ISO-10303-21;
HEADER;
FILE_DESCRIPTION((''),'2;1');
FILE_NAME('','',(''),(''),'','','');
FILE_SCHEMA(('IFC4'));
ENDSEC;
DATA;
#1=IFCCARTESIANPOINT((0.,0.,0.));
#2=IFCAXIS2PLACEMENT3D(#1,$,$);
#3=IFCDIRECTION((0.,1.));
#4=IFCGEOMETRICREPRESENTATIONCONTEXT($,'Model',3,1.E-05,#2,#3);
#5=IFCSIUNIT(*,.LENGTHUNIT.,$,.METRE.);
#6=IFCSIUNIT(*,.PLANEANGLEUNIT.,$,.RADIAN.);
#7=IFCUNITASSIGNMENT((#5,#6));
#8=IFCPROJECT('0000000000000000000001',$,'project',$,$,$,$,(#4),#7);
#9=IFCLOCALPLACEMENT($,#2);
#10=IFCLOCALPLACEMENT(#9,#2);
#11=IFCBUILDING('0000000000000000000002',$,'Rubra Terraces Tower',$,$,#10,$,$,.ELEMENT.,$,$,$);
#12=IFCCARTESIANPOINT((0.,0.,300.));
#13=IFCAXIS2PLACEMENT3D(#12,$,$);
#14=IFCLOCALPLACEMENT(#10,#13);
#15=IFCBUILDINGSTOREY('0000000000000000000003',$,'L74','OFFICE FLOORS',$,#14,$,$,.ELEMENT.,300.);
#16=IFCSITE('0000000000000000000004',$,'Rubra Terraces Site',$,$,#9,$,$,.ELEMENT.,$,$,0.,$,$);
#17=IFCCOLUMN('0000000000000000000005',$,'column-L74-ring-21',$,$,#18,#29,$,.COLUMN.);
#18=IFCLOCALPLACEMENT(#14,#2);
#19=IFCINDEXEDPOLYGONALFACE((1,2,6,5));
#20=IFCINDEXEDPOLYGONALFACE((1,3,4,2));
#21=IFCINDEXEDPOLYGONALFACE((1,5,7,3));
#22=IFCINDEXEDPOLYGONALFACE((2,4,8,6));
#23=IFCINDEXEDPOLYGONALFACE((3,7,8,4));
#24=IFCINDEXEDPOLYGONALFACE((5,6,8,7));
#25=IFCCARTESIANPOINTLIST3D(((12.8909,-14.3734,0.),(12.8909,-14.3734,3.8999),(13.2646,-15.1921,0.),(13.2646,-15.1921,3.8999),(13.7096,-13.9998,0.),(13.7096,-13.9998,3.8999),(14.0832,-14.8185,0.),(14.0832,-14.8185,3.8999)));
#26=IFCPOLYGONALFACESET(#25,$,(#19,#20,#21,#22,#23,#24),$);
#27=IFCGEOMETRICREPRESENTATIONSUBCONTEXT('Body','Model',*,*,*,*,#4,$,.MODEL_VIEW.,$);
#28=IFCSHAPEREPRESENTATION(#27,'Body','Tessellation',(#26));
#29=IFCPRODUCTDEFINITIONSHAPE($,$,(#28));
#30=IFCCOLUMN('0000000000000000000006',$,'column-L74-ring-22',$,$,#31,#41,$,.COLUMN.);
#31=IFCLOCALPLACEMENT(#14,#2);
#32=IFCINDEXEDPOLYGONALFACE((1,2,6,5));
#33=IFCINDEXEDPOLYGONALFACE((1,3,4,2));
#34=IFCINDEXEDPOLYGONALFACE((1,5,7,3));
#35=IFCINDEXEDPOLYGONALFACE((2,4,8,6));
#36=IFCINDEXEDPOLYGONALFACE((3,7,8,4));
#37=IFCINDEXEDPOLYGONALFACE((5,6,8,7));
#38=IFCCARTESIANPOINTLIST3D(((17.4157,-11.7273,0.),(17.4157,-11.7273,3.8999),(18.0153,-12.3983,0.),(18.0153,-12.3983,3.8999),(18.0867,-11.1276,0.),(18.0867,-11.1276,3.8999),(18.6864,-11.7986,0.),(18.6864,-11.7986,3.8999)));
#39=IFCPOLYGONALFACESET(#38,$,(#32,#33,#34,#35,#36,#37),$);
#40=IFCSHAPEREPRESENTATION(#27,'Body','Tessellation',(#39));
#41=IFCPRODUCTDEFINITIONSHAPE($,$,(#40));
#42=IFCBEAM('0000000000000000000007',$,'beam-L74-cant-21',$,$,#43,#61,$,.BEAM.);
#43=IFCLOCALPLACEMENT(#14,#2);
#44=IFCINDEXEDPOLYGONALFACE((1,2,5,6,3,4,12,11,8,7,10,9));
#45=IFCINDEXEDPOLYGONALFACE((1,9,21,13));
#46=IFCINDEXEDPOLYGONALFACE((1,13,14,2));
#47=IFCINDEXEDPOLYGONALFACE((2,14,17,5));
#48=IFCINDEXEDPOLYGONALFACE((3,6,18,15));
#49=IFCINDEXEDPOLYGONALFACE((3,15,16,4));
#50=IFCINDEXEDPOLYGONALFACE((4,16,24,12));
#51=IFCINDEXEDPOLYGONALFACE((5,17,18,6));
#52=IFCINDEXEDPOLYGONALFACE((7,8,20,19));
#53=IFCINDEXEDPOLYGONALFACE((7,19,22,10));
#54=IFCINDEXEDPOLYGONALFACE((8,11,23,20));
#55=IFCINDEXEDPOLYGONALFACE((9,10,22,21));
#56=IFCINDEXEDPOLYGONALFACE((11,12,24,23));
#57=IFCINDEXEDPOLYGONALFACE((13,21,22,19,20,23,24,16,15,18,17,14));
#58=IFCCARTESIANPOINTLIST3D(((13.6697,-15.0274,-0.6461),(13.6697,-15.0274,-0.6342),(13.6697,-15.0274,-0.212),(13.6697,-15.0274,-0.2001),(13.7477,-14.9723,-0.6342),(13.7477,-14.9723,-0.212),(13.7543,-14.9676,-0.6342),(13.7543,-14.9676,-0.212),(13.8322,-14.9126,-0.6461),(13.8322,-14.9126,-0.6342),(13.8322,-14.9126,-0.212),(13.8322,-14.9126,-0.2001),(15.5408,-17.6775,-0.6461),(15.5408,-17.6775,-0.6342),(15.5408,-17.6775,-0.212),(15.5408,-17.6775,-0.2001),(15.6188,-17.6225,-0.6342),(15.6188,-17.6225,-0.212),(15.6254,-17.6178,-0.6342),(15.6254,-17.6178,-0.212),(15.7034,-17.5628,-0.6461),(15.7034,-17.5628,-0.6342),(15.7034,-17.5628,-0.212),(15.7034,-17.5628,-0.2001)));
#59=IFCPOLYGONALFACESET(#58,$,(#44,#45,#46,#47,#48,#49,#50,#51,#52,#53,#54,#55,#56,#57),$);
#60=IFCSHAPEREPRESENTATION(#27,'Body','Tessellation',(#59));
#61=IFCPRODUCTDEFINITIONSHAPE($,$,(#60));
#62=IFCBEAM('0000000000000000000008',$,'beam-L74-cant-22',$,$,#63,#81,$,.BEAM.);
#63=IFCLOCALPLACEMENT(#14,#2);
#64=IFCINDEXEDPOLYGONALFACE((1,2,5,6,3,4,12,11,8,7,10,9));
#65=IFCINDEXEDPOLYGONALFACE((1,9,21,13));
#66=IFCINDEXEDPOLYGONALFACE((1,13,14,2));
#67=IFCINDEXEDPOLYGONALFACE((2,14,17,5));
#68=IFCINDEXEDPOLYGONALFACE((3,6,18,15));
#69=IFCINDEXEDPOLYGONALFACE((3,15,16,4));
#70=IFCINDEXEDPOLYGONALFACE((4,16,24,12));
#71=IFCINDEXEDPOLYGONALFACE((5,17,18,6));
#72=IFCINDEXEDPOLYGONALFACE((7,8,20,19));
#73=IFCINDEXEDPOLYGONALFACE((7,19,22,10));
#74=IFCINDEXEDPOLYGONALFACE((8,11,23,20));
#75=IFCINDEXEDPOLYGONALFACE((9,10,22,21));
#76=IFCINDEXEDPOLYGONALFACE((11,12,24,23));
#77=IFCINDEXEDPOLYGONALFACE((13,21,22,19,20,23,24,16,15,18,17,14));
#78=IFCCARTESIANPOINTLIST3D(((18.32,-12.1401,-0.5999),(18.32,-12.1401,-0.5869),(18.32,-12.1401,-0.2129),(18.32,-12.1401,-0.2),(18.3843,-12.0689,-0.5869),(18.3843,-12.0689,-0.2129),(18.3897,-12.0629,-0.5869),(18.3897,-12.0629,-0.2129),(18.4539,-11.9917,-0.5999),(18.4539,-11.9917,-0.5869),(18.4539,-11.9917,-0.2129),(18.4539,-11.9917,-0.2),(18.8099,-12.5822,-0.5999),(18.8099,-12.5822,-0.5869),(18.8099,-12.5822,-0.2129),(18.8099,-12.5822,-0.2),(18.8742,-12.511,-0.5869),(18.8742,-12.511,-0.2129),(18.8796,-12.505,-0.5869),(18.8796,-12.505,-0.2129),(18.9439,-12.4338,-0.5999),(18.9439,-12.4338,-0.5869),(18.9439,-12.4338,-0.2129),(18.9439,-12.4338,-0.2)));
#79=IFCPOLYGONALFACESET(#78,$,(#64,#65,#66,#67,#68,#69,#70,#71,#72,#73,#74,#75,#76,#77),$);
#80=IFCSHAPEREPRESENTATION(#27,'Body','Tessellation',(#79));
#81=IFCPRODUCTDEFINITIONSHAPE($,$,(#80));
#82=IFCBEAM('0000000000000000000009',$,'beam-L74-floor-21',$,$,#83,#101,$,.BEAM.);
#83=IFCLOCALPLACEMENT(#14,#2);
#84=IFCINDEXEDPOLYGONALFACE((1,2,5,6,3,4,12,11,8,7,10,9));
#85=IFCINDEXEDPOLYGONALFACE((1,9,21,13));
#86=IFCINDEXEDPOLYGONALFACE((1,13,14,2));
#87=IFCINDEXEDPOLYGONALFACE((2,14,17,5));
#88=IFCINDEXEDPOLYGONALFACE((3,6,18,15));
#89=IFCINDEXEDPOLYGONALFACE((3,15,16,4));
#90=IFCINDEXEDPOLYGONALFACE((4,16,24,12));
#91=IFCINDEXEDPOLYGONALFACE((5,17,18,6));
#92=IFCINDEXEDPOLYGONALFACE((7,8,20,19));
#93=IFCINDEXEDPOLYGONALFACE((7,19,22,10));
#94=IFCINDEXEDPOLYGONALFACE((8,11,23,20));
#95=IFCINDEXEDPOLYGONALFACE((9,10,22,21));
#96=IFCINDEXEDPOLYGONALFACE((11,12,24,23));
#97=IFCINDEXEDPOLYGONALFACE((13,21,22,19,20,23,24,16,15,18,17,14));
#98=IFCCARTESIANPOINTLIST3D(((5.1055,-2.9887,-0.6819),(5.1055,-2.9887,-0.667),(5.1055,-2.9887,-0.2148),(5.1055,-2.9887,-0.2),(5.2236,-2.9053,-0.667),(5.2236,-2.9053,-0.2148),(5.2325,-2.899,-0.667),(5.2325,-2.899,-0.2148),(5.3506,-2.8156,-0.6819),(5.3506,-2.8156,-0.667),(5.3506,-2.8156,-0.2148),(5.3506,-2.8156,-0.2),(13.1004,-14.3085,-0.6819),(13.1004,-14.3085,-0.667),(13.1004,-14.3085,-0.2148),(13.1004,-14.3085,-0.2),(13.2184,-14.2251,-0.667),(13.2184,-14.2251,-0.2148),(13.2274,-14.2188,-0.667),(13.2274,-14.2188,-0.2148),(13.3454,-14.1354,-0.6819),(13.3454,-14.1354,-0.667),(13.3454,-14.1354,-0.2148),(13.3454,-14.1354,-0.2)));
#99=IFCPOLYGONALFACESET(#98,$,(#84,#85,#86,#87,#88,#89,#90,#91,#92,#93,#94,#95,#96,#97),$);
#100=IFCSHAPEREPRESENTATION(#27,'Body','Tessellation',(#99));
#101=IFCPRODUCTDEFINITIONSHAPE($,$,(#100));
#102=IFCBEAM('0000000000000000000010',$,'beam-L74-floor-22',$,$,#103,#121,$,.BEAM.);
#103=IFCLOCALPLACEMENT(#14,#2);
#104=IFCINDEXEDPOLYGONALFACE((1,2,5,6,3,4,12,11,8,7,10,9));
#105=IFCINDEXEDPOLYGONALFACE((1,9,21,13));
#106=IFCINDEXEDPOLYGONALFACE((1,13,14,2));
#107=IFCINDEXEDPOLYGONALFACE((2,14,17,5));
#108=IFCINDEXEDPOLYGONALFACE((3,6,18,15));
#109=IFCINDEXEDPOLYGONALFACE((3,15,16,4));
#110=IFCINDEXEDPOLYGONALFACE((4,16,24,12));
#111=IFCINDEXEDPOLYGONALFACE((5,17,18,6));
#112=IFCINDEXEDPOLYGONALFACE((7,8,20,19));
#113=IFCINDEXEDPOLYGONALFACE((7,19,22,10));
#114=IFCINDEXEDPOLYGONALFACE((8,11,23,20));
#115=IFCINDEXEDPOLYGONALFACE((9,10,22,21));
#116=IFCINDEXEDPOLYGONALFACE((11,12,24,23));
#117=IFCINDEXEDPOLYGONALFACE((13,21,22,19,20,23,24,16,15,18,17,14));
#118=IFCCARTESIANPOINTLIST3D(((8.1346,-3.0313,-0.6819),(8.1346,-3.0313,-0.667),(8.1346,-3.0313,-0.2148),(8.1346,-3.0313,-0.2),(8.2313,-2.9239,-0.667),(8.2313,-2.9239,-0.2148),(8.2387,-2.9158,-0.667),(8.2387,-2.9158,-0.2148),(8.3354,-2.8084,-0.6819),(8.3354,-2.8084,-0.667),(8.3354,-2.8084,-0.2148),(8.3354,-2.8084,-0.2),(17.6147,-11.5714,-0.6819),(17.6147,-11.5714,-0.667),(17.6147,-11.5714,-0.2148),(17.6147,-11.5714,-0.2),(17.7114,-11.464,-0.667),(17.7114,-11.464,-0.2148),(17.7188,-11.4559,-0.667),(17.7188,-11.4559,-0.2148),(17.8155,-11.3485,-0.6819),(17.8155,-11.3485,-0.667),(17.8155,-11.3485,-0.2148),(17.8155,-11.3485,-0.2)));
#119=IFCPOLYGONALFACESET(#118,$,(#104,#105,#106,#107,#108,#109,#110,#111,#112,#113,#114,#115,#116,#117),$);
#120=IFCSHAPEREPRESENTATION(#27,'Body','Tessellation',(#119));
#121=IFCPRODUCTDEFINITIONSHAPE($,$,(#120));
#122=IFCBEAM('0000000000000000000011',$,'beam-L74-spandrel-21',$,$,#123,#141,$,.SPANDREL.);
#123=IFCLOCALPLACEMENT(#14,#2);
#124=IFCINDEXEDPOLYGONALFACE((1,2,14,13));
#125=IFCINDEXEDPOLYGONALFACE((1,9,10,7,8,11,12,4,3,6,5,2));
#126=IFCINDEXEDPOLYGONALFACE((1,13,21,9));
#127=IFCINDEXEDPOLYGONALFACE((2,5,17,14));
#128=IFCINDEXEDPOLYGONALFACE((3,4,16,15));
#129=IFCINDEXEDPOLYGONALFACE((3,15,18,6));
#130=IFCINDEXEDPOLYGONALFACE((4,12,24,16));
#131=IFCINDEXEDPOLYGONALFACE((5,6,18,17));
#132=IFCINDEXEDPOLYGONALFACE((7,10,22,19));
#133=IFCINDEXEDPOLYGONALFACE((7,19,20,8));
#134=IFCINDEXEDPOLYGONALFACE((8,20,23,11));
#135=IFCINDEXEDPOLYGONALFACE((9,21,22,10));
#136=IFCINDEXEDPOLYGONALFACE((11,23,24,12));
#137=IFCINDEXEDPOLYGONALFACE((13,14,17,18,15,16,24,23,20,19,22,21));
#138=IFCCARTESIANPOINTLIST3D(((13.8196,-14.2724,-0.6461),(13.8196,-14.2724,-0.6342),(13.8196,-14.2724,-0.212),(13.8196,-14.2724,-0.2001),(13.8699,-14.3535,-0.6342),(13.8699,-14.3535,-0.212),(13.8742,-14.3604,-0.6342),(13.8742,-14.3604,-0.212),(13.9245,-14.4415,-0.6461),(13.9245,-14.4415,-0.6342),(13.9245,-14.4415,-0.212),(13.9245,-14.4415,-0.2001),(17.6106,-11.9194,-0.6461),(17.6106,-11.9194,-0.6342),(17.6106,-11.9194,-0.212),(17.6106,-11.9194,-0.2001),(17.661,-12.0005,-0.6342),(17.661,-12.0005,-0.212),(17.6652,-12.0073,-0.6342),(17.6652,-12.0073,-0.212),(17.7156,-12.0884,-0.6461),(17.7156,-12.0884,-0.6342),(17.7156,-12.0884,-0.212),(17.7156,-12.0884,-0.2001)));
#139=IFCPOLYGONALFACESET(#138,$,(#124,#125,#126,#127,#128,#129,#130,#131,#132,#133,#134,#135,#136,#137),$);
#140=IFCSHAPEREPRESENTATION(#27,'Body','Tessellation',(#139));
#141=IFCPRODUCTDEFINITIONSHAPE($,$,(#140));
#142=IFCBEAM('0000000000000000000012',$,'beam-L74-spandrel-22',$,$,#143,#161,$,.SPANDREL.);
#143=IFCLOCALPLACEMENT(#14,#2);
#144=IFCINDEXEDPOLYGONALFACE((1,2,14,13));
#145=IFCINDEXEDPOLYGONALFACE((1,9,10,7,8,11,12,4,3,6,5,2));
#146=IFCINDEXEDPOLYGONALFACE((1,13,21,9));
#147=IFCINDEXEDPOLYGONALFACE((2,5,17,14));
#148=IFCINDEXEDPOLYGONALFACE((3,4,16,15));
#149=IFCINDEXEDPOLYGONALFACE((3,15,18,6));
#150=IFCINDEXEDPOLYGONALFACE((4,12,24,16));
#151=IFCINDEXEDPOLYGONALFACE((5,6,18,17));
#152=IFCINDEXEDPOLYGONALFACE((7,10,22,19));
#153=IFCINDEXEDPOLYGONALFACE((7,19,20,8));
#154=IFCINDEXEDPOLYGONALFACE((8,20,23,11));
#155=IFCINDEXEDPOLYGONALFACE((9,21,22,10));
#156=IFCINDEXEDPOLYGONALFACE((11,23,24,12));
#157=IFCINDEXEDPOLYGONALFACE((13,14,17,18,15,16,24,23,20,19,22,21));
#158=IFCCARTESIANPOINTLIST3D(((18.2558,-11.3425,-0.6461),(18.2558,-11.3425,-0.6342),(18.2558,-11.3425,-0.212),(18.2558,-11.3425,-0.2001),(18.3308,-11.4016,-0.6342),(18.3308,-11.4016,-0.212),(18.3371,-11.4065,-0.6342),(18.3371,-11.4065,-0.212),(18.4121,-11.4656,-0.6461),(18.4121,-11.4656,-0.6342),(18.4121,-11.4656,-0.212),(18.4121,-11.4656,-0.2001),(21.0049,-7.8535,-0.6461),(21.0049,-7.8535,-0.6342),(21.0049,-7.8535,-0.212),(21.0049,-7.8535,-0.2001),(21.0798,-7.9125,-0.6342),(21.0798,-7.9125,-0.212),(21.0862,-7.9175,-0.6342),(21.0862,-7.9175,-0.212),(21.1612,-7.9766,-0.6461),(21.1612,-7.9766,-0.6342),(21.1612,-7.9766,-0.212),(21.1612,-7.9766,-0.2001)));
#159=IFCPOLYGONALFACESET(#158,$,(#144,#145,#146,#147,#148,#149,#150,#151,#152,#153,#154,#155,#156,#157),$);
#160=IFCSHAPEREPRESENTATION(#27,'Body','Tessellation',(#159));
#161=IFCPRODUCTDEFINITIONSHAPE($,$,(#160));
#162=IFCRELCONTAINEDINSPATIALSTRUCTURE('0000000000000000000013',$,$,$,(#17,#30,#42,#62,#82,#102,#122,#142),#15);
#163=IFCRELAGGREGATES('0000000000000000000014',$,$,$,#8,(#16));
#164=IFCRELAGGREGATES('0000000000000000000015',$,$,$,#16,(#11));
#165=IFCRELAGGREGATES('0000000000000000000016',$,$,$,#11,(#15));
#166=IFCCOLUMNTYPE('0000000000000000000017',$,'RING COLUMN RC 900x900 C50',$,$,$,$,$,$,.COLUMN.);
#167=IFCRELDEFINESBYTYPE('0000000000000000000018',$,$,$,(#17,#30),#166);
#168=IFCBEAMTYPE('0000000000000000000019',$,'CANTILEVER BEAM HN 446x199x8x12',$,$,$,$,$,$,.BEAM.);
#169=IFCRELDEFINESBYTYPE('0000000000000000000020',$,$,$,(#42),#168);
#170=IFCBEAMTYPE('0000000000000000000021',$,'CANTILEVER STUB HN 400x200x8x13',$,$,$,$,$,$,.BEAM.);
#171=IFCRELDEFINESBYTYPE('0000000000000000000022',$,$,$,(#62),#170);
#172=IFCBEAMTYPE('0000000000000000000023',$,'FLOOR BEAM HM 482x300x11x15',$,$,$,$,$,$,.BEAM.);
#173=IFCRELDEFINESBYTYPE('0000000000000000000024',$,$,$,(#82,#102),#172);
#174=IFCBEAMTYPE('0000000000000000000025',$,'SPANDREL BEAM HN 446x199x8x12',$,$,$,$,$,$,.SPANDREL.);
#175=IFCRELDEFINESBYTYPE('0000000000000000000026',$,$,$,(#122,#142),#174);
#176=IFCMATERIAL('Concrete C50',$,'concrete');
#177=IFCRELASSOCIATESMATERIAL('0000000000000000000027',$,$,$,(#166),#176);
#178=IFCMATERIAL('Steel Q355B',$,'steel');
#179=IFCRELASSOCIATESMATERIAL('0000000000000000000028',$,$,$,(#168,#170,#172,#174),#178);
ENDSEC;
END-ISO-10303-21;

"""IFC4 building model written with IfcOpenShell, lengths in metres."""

from ifc_helpers import new_model, si_unit, direction, frame, origin, origin_2d, place, context, subcontext, project, spatial, rectangle, i_section, extrude, material, material_profile, profile_set, type_object, element, save


model = new_model("IFC4")

# Units and contexts
model_context = context("Model", 3, precision=1e-05, world=origin(), true_north=direction((0.0, 1.0)))
body_context = subcontext(model_context, "Body", "Model", "MODEL_VIEW")
ifc_project = project(units=[si_unit("LENGTHUNIT", "METRE"), si_unit("PLANEANGLEUNIT", "RADIAN")], contexts=[model_context])

# Site, building, storey
site_placement = place(None, origin())
site = spatial("IfcSite", under=ifc_project, at=site_placement, Name="Rubra Terraces Site", CompositionType="ELEMENT", RefElevation=0.0)
building_placement = place(site_placement, origin())
building = spatial("IfcBuilding", under=site, at=building_placement, Name="Rubra Terraces Tower", CompositionType="ELEMENT")
storey_placement = place(building_placement, frame((0.0, 0.0, 300.0)))
storey = spatial("IfcBuildingStorey", under=building, at=storey_placement, Name="L74", Description="OFFICE FLOORS", CompositionType="ELEMENT", Elevation=300.0)

# Columns
ifc_material_1 = material(Name="Concrete C50", Category="concrete")
ifc_material_profile_1 = material_profile(ifc_material_1, rectangle(XDim=0.8999, YDim=0.8999, at=origin_2d()), Name="RC 900x900")
ifc_profile_set_1 = profile_set([ifc_material_profile_1], Name="Concrete C50")
column_type = type_object("IfcColumnType", Name="RING COLUMN RC 900x900 C50", PredefinedType="COLUMN", material=ifc_profile_set_1)
for number, where, z_axis, x_axis, name in (
    (1, (13.4871, -14.5959, 0.0), (0.0, 0.0, 1.0), (0.909726, 0.415208, 0.0), "column-L74-ring-21"),
    (2, (18.051, -11.7629, 0.0), (0.0, 0.0, 1.0), (0.745642, 0.666347, 0.0), "column-L74-ring-22"),
):
    element("IfcColumn", number, at=place(storey_placement, frame(where, z_axis=z_axis, x_axis=x_axis)), inside=storey, type_object=column_type, Name=name, PredefinedType="COLUMN", context=body_context, shape_type="SweptSolid", body=[
        extrude(rectangle(XDim=0.8999, YDim=0.8999, at=origin_2d()), origin(), (0.0, 0.0, 1.0), 3.8999),
    ])

# Beams
ifc_material_2 = material(Name="Steel Q355B", Category="steel")
ifc_material_profile_2 = material_profile(ifc_material_2, i_section(OverallWidth=0.199, OverallDepth=0.446, WebThickness=0.0081, FlangeThickness=0.012, at=origin_2d()), Name="HN 446x199x8x12")
ifc_profile_set_2 = profile_set([ifc_material_profile_2], Name="Steel Q355B")
beam_type_1 = type_object("IfcBeamType", Name="CANTILEVER BEAM HN 446x199x8x12", PredefinedType="BEAM", material=ifc_profile_set_2)
beam_1_placement = place(storey_placement, frame((13.751, -14.97, -0.4231), z_axis=(0.576766, -0.816909, 0.0), x_axis=(0.816909, 0.576766, 0.0)))
element("IfcBeam", 3, at=beam_1_placement, inside=storey, type_object=beam_type_1, Name="beam-L74-cant-21", PredefinedType="BEAM", context=body_context, shape_type="SweptSolid", body=[
    extrude(i_section(OverallWidth=0.199, OverallDepth=0.446, WebThickness=0.0081, FlangeThickness=0.012, at=origin_2d()), origin(), (0.0, 0.0, 1.0), 3.2441),
])
ifc_material_profile_3 = material_profile(ifc_material_2, i_section(OverallWidth=0.2, OverallDepth=0.3999, WebThickness=0.0081, FlangeThickness=0.0129, at=origin_2d()), Name="HN 400x200x8x13")
ifc_profile_set_3 = profile_set([ifc_material_profile_3], Name="Steel Q355B")
beam_type_2 = type_object("IfcBeamType", Name="CANTILEVER STUB HN 400x200x8x13", PredefinedType="BEAM", material=ifc_profile_set_3)
beam_2_placement = place(storey_placement, frame((18.387, -12.0659, -0.3999), z_axis=(0.742429, -0.669925, 0.0), x_axis=(0.669925, 0.742429, 0.0)))
element("IfcBeam", 4, at=beam_2_placement, inside=storey, type_object=beam_type_2, Name="beam-L74-cant-22", PredefinedType="BEAM", context=body_context, shape_type="SweptSolid", body=[
    extrude(i_section(OverallWidth=0.2, OverallDepth=0.3999, WebThickness=0.0081, FlangeThickness=0.0129, at=origin_2d()), origin(), (0.0, 0.0, 1.0), 0.6599),
])
ifc_material_profile_4 = material_profile(ifc_material_2, i_section(OverallWidth=0.3, OverallDepth=0.4819, WebThickness=0.011, FlangeThickness=0.0149, at=origin_2d()), Name="HM 482x300x11x15")
ifc_profile_set_4 = profile_set([ifc_material_profile_4], Name="Steel Q355B")
beam_type_3 = type_object("IfcBeamType", Name="FLOOR BEAM HM 482x300x11x15", PredefinedType="BEAM", material=ifc_profile_set_4)
beam_3_placement = place(storey_placement, frame((13.2229, -14.2219, -0.4409), z_axis=(-0.576896, 0.816818, 0.0), x_axis=(-0.816818, -0.576896, 0.0)))
element("IfcBeam", 5, at=beam_3_placement, inside=storey, type_object=beam_type_3, Name="beam-L74-floor-21", PredefinedType="BEAM", context=body_context, shape_type="SweptSolid", body=[
    extrude(i_section(OverallWidth=0.3, OverallDepth=0.4819, WebThickness=0.011, FlangeThickness=0.0149, at=origin_2d()), origin(), (0.0, 0.0, 1.0), 13.8584),
])
beam_4_placement = place(storey_placement, frame((17.7151, -11.46, -0.4409), z_axis=(-0.74298, 0.669314, 0.0), x_axis=(-0.669314, -0.74298, 0.0)))
element("IfcBeam", 6, at=beam_4_placement, inside=storey, type_object=beam_type_3, Name="beam-L74-floor-22", PredefinedType="BEAM", context=body_context, shape_type="SweptSolid", body=[
    extrude(i_section(OverallWidth=0.3, OverallDepth=0.4819, WebThickness=0.011, FlangeThickness=0.0149, at=origin_2d()), origin(), (0.0, 0.0, 1.0), 12.7595),
])
ifc_material_profile_5 = material_profile(ifc_material_2, i_section(OverallWidth=0.199, OverallDepth=0.446, WebThickness=0.0081, FlangeThickness=0.012, at=origin_2d()), Name="HN 446x199x8x12")
ifc_profile_set_5 = profile_set([ifc_material_profile_5], Name="Steel Q355B")
beam_type_4 = type_object("IfcBeamType", Name="SPANDREL BEAM HN 446x199x8x12", PredefinedType="SPANDREL", material=ifc_profile_set_5)
beam_5_placement = place(storey_placement, frame((13.8721, -14.3569, -0.4231), z_axis=(0.849642, 0.52736, 0.0), x_axis=(-0.52736, 0.849642, 0.0)))
element("IfcBeam", 7, at=beam_5_placement, inside=storey, type_object=beam_type_4, Name="beam-L74-spandrel-21", PredefinedType="SPANDREL", context=body_context, shape_type="SweptSolid", body=[
    extrude(i_section(OverallWidth=0.199, OverallDepth=0.446, WebThickness=0.0081, FlangeThickness=0.012, at=origin_2d()), origin(), (0.0, 0.0, 1.0), 4.4619),
])
beam_6_placement = place(storey_placement, frame((18.334, -11.4041, -0.4231), z_axis=(0.618887, 0.78548, 0.0), x_axis=(-0.78548, 0.618887, 0.0)))
element("IfcBeam", 8, at=beam_6_placement, inside=storey, type_object=beam_type_4, Name="beam-L74-spandrel-22", PredefinedType="SPANDREL", context=body_context, shape_type="SweptSolid", body=[
    extrude(i_section(OverallWidth=0.199, OverallDepth=0.446, WebThickness=0.0081, FlangeThickness=0.012, at=origin_2d()), origin(), (0.0, 0.0, 1.0), 4.4419),
])

save(model, "model.ifc")
